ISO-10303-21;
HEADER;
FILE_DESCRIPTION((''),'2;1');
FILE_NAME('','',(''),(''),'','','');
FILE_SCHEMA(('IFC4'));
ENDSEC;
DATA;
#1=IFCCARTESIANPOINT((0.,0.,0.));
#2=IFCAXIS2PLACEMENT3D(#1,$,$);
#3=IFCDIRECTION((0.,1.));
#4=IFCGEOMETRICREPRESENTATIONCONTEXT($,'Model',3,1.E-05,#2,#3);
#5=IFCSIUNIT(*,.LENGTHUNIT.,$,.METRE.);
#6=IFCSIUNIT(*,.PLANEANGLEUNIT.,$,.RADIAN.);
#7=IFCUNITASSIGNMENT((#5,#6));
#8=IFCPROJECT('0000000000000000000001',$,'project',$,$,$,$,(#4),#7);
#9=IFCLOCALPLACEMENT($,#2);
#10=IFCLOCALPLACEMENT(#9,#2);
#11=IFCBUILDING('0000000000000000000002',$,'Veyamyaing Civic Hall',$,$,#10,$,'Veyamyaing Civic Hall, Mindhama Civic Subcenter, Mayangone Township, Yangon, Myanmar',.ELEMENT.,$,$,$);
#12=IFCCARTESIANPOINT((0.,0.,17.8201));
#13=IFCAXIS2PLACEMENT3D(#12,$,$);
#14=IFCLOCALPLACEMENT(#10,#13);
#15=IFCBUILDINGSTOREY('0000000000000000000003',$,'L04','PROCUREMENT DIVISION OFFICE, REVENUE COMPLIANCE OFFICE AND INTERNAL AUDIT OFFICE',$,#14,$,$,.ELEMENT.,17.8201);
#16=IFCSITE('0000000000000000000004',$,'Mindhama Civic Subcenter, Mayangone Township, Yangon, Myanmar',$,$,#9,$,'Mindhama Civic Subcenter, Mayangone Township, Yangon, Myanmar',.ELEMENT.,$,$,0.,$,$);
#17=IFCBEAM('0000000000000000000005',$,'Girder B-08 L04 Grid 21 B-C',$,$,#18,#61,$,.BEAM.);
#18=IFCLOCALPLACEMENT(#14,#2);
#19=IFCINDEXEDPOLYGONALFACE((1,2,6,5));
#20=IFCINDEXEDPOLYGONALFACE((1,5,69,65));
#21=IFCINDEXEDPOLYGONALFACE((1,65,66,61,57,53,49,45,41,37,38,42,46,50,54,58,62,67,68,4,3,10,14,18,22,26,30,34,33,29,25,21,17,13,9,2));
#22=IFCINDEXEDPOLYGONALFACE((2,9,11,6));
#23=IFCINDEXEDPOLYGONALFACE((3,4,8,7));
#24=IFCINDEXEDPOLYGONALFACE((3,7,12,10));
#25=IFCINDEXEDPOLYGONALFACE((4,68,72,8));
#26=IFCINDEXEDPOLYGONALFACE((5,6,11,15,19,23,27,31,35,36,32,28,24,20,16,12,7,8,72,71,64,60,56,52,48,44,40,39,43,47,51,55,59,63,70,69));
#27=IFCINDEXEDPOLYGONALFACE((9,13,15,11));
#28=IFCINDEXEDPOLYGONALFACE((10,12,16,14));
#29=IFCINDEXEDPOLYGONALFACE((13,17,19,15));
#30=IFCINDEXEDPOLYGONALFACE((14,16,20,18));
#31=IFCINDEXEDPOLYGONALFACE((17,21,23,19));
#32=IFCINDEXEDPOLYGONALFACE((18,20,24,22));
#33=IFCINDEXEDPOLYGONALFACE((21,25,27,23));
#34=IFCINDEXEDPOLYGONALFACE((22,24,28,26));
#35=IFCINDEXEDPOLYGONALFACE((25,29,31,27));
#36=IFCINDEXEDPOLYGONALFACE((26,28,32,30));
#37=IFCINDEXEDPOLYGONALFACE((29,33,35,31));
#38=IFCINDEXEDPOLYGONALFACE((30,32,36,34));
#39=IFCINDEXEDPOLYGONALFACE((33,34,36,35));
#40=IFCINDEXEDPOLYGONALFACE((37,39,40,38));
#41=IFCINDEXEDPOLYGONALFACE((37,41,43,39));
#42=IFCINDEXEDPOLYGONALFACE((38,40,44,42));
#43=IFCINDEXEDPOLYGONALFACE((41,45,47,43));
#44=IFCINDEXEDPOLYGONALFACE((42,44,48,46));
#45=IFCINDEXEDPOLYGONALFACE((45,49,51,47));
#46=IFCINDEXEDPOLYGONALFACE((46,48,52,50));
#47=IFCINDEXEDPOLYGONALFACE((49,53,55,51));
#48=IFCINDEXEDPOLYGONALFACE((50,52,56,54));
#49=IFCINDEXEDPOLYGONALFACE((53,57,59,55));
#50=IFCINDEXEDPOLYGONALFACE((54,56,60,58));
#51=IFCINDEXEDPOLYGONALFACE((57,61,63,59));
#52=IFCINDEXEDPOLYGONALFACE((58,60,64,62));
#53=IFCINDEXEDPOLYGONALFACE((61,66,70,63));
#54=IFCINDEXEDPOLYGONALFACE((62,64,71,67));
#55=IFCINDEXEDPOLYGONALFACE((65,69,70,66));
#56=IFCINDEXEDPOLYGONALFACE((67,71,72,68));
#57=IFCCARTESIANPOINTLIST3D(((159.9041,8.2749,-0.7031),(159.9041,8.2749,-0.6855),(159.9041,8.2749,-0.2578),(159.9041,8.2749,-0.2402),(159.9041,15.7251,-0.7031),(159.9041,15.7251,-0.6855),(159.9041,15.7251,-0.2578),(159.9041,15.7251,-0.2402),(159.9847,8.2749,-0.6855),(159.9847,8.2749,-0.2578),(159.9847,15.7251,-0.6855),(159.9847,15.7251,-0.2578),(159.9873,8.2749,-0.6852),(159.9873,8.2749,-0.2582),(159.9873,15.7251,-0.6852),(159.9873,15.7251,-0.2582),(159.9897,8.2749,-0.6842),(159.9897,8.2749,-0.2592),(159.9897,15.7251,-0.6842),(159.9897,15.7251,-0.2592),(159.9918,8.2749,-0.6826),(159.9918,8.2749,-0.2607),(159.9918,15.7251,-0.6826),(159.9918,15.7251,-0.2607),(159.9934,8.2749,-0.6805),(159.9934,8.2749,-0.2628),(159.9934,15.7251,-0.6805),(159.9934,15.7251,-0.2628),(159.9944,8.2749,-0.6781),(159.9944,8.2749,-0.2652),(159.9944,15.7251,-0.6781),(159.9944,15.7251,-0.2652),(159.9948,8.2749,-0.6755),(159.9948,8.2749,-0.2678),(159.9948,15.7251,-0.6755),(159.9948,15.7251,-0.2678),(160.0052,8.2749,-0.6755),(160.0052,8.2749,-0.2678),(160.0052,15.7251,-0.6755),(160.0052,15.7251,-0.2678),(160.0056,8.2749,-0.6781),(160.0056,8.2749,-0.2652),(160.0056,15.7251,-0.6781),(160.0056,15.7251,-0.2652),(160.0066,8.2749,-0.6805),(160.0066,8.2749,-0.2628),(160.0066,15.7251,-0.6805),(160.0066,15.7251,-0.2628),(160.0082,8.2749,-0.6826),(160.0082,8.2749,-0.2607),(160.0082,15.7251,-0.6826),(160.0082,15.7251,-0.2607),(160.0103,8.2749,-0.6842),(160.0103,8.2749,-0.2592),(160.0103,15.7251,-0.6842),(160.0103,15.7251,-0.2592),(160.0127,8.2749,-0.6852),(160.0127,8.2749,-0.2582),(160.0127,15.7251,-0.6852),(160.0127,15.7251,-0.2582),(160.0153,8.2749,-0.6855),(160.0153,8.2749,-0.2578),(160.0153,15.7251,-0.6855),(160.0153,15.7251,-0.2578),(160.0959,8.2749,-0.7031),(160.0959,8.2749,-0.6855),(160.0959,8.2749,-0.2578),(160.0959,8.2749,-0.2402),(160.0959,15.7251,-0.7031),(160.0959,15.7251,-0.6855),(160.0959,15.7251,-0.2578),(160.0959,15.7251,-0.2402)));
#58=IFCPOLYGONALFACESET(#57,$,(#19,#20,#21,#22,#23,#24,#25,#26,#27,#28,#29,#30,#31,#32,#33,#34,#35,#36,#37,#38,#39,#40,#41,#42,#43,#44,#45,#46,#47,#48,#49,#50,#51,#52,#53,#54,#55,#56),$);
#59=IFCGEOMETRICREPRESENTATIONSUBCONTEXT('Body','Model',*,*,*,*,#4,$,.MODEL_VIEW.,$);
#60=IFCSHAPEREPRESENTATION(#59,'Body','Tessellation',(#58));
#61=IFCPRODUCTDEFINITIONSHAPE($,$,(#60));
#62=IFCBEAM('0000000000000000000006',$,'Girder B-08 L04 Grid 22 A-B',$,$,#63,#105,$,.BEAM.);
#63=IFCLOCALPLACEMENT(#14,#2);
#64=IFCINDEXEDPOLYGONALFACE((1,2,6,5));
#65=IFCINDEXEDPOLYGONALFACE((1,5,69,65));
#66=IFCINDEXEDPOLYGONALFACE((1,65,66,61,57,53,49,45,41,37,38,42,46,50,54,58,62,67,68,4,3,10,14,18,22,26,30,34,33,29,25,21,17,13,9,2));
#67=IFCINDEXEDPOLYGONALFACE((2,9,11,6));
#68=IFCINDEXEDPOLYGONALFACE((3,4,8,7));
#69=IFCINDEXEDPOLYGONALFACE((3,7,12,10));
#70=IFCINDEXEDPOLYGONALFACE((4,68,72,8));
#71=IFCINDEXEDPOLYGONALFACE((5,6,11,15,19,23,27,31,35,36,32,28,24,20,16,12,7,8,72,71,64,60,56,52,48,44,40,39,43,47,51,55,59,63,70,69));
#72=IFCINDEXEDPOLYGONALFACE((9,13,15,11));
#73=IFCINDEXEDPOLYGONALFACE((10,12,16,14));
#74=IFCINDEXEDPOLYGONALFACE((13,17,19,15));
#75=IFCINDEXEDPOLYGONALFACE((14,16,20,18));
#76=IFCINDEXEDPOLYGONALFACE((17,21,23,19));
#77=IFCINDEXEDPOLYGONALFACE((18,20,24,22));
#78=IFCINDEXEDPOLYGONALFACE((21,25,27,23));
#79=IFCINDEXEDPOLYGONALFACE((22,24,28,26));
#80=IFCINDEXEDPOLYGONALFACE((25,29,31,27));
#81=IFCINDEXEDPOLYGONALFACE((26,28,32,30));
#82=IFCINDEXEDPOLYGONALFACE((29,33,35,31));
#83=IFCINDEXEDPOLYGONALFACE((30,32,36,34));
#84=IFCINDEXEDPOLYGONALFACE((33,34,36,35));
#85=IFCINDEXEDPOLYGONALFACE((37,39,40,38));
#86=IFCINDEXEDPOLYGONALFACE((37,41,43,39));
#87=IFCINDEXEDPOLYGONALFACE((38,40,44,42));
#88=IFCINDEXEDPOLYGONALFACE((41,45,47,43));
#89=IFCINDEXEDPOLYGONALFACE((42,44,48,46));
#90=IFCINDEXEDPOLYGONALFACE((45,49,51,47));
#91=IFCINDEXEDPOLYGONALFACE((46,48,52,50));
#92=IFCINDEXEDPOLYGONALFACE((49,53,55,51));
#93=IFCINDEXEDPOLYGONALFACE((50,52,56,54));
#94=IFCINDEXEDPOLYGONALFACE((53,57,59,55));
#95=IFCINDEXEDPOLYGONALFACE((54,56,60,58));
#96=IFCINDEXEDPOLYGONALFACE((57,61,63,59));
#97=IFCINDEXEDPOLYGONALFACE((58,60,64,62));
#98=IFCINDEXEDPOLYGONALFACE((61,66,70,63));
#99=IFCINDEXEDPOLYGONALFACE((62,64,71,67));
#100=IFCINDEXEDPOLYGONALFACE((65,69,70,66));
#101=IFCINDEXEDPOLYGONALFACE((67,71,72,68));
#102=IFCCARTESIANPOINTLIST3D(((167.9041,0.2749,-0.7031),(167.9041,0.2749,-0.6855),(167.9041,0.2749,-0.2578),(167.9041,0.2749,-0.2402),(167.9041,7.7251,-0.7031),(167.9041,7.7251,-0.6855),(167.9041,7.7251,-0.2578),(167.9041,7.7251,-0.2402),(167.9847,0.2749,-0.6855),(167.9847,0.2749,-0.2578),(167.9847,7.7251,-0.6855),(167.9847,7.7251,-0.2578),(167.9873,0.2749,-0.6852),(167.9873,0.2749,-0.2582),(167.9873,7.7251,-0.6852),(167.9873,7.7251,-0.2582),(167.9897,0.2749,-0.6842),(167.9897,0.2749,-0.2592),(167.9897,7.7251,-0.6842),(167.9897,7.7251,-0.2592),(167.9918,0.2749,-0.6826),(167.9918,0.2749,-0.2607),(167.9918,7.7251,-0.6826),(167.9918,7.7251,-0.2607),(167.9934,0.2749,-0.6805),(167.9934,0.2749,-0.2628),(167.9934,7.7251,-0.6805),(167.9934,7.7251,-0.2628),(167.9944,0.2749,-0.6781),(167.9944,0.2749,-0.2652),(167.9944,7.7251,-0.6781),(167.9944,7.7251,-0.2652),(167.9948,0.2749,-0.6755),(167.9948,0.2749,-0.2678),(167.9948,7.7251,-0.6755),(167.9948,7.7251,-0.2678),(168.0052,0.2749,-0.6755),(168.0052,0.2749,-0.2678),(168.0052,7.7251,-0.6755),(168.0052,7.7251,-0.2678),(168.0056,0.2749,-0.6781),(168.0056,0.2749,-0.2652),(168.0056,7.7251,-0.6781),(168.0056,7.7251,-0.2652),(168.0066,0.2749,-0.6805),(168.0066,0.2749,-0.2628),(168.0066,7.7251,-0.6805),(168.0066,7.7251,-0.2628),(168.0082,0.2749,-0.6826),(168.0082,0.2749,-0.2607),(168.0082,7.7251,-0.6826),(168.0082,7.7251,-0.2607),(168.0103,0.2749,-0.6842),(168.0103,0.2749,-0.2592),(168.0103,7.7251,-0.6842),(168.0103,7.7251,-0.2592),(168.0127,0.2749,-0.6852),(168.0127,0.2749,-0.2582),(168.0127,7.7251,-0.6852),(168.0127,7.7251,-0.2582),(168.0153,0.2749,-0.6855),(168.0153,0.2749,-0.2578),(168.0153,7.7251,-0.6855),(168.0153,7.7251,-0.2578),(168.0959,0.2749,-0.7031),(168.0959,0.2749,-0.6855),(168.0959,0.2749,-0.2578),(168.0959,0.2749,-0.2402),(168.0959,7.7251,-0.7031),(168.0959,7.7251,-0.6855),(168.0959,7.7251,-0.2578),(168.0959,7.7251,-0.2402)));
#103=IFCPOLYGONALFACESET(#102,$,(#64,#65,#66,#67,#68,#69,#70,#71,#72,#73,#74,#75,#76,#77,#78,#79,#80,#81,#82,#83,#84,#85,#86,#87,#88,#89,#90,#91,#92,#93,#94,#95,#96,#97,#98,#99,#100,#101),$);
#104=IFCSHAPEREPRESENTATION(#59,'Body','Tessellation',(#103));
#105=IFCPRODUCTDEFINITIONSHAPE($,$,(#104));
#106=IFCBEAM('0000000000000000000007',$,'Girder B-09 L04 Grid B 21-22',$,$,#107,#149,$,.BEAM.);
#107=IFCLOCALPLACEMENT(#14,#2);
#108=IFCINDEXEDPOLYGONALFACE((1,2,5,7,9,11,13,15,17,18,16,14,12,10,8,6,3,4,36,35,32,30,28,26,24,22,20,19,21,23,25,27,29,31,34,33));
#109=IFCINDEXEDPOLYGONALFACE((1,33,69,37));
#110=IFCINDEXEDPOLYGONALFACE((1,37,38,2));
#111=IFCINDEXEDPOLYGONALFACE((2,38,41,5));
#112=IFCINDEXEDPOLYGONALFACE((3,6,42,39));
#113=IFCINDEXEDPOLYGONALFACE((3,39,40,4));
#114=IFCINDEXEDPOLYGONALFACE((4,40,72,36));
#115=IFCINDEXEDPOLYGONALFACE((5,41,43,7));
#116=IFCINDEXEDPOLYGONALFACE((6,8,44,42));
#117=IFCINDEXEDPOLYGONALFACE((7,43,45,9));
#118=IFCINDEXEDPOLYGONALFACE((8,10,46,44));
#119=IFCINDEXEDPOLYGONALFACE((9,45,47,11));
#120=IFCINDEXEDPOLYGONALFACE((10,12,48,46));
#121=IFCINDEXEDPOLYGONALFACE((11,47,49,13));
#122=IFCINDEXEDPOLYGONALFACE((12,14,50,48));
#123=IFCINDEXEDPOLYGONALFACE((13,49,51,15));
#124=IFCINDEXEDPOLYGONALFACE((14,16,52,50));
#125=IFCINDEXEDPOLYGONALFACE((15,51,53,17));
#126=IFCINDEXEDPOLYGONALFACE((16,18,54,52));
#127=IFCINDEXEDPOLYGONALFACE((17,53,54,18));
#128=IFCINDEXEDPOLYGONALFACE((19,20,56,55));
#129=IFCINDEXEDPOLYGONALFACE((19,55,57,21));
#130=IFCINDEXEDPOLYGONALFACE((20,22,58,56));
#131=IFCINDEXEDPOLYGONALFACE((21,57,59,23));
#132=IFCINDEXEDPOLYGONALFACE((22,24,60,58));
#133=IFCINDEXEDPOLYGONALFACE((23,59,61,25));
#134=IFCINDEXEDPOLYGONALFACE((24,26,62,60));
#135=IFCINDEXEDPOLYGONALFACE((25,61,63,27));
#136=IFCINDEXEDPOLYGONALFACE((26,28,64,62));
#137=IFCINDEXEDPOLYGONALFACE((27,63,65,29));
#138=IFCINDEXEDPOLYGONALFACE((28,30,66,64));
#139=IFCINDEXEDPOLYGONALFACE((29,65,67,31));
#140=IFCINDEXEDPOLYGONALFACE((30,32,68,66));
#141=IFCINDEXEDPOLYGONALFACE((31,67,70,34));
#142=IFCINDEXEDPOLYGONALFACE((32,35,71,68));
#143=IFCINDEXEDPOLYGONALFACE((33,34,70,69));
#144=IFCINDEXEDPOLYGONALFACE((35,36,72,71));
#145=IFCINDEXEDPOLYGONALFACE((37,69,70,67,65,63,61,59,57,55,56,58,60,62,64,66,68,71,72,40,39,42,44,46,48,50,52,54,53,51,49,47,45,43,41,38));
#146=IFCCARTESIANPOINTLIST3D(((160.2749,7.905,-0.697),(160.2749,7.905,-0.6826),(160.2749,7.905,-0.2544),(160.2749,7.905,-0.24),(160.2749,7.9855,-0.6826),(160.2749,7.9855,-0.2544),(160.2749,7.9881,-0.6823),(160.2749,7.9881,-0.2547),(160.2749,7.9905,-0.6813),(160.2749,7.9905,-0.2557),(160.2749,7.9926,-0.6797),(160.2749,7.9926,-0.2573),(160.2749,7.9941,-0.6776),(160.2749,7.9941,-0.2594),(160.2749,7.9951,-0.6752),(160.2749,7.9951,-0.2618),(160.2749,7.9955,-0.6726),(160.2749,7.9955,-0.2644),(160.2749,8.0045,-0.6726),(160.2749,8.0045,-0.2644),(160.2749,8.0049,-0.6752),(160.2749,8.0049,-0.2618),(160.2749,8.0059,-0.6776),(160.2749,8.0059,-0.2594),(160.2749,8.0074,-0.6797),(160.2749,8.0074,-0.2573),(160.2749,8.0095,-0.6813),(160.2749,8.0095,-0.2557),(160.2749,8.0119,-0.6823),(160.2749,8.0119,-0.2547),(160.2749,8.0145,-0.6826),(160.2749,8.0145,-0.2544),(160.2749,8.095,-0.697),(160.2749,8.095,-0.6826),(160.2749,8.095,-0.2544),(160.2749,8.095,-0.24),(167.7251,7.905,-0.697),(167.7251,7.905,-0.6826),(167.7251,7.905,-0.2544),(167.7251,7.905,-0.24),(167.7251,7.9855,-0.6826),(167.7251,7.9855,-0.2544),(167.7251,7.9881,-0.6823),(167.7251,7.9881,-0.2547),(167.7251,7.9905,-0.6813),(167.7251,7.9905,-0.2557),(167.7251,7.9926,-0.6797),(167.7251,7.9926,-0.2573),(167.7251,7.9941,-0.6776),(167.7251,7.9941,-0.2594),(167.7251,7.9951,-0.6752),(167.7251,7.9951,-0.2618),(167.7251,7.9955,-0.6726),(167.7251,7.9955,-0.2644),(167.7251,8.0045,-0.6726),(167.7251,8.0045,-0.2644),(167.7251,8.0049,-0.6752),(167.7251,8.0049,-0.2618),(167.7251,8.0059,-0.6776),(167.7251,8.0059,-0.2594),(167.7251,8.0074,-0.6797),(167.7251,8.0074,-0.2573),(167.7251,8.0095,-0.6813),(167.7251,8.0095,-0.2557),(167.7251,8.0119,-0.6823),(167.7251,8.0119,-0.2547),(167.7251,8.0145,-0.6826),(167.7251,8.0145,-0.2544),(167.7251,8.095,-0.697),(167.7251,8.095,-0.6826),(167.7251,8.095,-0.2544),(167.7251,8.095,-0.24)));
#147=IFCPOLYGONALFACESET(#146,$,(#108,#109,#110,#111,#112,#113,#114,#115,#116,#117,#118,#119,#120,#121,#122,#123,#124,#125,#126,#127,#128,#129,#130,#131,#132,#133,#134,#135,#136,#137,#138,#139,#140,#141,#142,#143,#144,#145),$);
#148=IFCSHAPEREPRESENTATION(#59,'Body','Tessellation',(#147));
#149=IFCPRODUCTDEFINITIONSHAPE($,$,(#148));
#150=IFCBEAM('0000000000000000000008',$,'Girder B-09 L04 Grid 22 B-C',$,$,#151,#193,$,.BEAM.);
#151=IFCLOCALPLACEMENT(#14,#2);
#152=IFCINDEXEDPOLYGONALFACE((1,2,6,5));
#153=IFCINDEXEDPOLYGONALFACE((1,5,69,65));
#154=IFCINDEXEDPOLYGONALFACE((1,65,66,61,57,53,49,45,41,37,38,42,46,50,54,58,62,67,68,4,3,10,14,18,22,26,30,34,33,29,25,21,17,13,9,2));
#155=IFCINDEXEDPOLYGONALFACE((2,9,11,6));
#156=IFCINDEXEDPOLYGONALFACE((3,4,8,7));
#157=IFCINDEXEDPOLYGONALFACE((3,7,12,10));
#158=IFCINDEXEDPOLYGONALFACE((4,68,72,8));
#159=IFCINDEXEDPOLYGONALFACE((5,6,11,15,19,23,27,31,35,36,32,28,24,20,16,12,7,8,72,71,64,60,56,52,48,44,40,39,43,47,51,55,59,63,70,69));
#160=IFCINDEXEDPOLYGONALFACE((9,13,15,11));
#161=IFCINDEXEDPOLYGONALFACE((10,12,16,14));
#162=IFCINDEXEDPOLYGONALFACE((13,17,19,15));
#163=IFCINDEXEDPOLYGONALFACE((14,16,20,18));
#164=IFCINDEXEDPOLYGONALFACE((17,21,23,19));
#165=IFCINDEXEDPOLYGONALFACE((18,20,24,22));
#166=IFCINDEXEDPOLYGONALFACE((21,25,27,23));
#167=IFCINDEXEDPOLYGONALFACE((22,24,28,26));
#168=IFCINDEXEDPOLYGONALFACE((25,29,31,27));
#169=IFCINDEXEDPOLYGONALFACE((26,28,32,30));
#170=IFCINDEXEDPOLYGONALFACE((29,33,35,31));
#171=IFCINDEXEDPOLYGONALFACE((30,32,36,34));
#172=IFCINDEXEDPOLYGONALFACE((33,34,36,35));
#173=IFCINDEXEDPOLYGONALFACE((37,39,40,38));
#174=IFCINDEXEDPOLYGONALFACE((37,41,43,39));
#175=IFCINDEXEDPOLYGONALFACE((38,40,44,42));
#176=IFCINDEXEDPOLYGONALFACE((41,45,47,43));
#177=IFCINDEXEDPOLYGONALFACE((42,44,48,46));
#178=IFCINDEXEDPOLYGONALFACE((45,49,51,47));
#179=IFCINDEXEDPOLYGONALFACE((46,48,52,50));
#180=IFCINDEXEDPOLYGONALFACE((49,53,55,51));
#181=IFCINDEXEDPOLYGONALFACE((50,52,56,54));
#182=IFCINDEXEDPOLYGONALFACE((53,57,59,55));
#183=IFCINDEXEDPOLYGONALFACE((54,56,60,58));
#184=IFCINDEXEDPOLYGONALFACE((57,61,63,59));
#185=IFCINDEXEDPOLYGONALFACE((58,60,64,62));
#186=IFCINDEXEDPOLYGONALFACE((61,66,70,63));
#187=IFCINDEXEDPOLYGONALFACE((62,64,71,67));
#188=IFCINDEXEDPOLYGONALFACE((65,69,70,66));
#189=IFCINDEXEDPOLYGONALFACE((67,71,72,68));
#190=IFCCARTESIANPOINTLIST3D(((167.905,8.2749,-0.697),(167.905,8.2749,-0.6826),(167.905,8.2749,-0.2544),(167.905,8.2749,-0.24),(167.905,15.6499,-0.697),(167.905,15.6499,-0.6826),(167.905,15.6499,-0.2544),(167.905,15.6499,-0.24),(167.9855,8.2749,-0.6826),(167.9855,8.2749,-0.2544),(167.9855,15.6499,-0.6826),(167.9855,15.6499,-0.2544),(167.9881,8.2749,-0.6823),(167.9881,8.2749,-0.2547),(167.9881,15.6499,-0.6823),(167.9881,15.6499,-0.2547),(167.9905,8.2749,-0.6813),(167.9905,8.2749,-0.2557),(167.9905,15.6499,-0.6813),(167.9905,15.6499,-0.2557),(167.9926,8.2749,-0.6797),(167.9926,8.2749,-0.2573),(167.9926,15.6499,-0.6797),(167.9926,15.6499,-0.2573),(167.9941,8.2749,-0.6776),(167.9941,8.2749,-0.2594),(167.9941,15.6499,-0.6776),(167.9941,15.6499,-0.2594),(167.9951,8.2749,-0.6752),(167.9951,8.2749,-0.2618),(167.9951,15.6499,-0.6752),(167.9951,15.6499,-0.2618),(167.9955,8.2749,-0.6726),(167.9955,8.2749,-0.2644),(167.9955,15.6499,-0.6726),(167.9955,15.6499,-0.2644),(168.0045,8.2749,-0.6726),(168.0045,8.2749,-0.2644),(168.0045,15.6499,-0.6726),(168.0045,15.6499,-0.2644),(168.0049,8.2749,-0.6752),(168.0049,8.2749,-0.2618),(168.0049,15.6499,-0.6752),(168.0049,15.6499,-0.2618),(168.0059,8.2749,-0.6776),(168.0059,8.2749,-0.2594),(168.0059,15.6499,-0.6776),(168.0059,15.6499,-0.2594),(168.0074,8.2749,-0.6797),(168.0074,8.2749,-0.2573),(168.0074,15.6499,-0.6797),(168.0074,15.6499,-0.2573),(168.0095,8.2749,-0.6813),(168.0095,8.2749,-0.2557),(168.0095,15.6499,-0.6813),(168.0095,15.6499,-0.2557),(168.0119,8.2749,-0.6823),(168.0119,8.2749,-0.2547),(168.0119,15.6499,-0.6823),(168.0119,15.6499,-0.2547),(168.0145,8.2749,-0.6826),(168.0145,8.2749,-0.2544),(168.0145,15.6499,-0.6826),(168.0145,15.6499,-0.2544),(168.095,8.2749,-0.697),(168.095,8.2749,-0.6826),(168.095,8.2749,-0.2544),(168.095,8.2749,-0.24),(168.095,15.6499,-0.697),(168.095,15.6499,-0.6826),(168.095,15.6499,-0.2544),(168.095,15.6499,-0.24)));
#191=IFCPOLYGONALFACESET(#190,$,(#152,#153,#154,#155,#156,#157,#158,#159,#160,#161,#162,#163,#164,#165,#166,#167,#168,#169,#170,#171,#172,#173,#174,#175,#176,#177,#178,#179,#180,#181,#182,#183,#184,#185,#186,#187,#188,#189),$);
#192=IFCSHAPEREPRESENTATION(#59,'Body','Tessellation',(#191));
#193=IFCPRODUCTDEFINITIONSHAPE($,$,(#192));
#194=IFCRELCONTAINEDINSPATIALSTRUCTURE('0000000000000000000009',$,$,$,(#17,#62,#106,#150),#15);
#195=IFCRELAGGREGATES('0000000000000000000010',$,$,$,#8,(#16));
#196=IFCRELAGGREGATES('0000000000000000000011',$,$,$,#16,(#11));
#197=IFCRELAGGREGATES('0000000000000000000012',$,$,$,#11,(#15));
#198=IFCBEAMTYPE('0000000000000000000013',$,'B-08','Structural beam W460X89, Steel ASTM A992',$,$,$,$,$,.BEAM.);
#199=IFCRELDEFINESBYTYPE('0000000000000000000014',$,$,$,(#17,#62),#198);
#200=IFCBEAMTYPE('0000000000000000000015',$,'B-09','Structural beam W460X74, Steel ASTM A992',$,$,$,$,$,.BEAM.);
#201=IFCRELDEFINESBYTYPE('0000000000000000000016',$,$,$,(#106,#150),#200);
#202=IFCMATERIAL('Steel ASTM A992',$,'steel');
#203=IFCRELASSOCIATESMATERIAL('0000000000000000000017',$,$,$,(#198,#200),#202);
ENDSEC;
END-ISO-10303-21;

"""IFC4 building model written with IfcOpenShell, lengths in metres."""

from ifc_helpers import new_model, si_unit, direction, frame, origin, origin_2d, place, context, subcontext, project, spatial, i_section, extrude, material, material_profile, profile_set, type_object, element, save


model = new_model("IFC4")

# Units and contexts
model_context = context("Model", 3, precision=1e-05, world=origin(), true_north=direction((0.0, 1.0)))
body_context = subcontext(model_context, "Body", "Model", "MODEL_VIEW")
ifc_project = project(units=[si_unit("LENGTHUNIT", "METRE"), si_unit("PLANEANGLEUNIT", "RADIAN")], contexts=[model_context])

# Site, building, storey
site_placement = place(None, origin())
site = spatial("IfcSite", under=ifc_project, at=site_placement, Name="Mindhama Civic Subcenter, Mayangone Township, Yangon, Myanmar", LongName="Mindhama Civic Subcenter, Mayangone Township, Yangon, Myanmar", CompositionType="ELEMENT", RefElevation=0.0)
building_placement = place(site_placement, origin())
building = spatial("IfcBuilding", under=site, at=building_placement, Name="Veyamyaing Civic Hall", LongName="Veyamyaing Civic Hall, Mindhama Civic Subcenter, Mayangone Township, Yangon, Myanmar", CompositionType="ELEMENT")
storey_placement = place(building_placement, frame((0.0, 0.0, 17.8201)))
storey = spatial("IfcBuildingStorey", under=building, at=storey_placement, Name="L04", Description="PROCUREMENT DIVISION OFFICE, REVENUE COMPLIANCE OFFICE AND INTERNAL AUDIT OFFICE", CompositionType="ELEMENT", Elevation=17.8201)

# Beams
ifc_material_1 = material(Name="Steel ASTM A992", Category="steel")
ifc_material_profile_1 = material_profile(ifc_material_1, i_section(OverallWidth=0.1919, OverallDepth=0.4629, WebThickness=0.0105, FlangeThickness=0.0176, FilletRadius=0.01, at=origin_2d()), Name="W460X89")
ifc_profile_set_1 = profile_set([ifc_material_profile_1], Name="Steel ASTM A992")
beam_type_1 = type_object("IfcBeamType", Name="B-08", Description="Structural beam W460X89, Steel ASTM A992", PredefinedType="BEAM", material=ifc_profile_set_1)
for number, where, z_axis, x_axis, name in (
    (1, (160.0, 8.2749, -0.4717), (0.0, 1.0, 0.0), (-1.0, 0.0, 0.0), "Girder B-08 L04 Grid 21 B-C"),
    (2, (168.0, 0.2749, -0.4717), (0.0, 1.0, 0.0), (-1.0, 0.0, 0.0), "Girder B-08 L04 Grid 22 A-B"),
):
    element("IfcBeam", number, at=place(storey_placement, frame(where, z_axis=z_axis, x_axis=x_axis)), inside=storey, type_object=beam_type_1, Name=name, PredefinedType="BEAM", context=body_context, shape_type="SweptSolid", body=[
        extrude(i_section(OverallWidth=0.1919, OverallDepth=0.4629, WebThickness=0.0105, FlangeThickness=0.0176, FilletRadius=0.01, at=origin_2d()), origin(), (0.0, 0.0, 1.0), 7.4502),
    ])
ifc_material_profile_2 = material_profile(ifc_material_1, i_section(OverallWidth=0.1899, OverallDepth=0.457, WebThickness=0.009, FlangeThickness=0.0144, FilletRadius=0.01, at=origin_2d()), Name="W460X74")
ifc_profile_set_2 = profile_set([ifc_material_profile_2], Name="Steel ASTM A992")
beam_type_2 = type_object("IfcBeamType", Name="B-09", Description="Structural beam W460X74, Steel ASTM A992", PredefinedType="BEAM", material=ifc_profile_set_2)
beam_1_placement = place(storey_placement, frame((160.2749, 8.0, -0.4685), z_axis=(1.0, 0.0, 0.0), x_axis=(0.0, 1.0, 0.0)))
element("IfcBeam", 3, at=beam_1_placement, inside=storey, type_object=beam_type_2, Name="Girder B-09 L04 Grid B 21-22", PredefinedType="BEAM", context=body_context, shape_type="SweptSolid", body=[
    extrude(i_section(OverallWidth=0.1899, OverallDepth=0.457, WebThickness=0.009, FlangeThickness=0.0144, FilletRadius=0.01, at=origin_2d()), origin(), (0.0, 0.0, 1.0), 7.4502),
])
beam_2_placement = place(storey_placement, frame((168.0, 8.2749, -0.4685), z_axis=(0.0, 1.0, 0.0), x_axis=(-1.0, 0.0, 0.0)))
element("IfcBeam", 4, at=beam_2_placement, inside=storey, type_object=beam_type_2, Name="Girder B-09 L04 Grid 22 B-C", PredefinedType="BEAM", context=body_context, shape_type="SweptSolid", body=[
    extrude(i_section(OverallWidth=0.1899, OverallDepth=0.457, WebThickness=0.009, FlangeThickness=0.0144, FilletRadius=0.01, at=origin_2d()), origin(), (0.0, 0.0, 1.0), 7.375),
])

save(model, "model.ifc")
